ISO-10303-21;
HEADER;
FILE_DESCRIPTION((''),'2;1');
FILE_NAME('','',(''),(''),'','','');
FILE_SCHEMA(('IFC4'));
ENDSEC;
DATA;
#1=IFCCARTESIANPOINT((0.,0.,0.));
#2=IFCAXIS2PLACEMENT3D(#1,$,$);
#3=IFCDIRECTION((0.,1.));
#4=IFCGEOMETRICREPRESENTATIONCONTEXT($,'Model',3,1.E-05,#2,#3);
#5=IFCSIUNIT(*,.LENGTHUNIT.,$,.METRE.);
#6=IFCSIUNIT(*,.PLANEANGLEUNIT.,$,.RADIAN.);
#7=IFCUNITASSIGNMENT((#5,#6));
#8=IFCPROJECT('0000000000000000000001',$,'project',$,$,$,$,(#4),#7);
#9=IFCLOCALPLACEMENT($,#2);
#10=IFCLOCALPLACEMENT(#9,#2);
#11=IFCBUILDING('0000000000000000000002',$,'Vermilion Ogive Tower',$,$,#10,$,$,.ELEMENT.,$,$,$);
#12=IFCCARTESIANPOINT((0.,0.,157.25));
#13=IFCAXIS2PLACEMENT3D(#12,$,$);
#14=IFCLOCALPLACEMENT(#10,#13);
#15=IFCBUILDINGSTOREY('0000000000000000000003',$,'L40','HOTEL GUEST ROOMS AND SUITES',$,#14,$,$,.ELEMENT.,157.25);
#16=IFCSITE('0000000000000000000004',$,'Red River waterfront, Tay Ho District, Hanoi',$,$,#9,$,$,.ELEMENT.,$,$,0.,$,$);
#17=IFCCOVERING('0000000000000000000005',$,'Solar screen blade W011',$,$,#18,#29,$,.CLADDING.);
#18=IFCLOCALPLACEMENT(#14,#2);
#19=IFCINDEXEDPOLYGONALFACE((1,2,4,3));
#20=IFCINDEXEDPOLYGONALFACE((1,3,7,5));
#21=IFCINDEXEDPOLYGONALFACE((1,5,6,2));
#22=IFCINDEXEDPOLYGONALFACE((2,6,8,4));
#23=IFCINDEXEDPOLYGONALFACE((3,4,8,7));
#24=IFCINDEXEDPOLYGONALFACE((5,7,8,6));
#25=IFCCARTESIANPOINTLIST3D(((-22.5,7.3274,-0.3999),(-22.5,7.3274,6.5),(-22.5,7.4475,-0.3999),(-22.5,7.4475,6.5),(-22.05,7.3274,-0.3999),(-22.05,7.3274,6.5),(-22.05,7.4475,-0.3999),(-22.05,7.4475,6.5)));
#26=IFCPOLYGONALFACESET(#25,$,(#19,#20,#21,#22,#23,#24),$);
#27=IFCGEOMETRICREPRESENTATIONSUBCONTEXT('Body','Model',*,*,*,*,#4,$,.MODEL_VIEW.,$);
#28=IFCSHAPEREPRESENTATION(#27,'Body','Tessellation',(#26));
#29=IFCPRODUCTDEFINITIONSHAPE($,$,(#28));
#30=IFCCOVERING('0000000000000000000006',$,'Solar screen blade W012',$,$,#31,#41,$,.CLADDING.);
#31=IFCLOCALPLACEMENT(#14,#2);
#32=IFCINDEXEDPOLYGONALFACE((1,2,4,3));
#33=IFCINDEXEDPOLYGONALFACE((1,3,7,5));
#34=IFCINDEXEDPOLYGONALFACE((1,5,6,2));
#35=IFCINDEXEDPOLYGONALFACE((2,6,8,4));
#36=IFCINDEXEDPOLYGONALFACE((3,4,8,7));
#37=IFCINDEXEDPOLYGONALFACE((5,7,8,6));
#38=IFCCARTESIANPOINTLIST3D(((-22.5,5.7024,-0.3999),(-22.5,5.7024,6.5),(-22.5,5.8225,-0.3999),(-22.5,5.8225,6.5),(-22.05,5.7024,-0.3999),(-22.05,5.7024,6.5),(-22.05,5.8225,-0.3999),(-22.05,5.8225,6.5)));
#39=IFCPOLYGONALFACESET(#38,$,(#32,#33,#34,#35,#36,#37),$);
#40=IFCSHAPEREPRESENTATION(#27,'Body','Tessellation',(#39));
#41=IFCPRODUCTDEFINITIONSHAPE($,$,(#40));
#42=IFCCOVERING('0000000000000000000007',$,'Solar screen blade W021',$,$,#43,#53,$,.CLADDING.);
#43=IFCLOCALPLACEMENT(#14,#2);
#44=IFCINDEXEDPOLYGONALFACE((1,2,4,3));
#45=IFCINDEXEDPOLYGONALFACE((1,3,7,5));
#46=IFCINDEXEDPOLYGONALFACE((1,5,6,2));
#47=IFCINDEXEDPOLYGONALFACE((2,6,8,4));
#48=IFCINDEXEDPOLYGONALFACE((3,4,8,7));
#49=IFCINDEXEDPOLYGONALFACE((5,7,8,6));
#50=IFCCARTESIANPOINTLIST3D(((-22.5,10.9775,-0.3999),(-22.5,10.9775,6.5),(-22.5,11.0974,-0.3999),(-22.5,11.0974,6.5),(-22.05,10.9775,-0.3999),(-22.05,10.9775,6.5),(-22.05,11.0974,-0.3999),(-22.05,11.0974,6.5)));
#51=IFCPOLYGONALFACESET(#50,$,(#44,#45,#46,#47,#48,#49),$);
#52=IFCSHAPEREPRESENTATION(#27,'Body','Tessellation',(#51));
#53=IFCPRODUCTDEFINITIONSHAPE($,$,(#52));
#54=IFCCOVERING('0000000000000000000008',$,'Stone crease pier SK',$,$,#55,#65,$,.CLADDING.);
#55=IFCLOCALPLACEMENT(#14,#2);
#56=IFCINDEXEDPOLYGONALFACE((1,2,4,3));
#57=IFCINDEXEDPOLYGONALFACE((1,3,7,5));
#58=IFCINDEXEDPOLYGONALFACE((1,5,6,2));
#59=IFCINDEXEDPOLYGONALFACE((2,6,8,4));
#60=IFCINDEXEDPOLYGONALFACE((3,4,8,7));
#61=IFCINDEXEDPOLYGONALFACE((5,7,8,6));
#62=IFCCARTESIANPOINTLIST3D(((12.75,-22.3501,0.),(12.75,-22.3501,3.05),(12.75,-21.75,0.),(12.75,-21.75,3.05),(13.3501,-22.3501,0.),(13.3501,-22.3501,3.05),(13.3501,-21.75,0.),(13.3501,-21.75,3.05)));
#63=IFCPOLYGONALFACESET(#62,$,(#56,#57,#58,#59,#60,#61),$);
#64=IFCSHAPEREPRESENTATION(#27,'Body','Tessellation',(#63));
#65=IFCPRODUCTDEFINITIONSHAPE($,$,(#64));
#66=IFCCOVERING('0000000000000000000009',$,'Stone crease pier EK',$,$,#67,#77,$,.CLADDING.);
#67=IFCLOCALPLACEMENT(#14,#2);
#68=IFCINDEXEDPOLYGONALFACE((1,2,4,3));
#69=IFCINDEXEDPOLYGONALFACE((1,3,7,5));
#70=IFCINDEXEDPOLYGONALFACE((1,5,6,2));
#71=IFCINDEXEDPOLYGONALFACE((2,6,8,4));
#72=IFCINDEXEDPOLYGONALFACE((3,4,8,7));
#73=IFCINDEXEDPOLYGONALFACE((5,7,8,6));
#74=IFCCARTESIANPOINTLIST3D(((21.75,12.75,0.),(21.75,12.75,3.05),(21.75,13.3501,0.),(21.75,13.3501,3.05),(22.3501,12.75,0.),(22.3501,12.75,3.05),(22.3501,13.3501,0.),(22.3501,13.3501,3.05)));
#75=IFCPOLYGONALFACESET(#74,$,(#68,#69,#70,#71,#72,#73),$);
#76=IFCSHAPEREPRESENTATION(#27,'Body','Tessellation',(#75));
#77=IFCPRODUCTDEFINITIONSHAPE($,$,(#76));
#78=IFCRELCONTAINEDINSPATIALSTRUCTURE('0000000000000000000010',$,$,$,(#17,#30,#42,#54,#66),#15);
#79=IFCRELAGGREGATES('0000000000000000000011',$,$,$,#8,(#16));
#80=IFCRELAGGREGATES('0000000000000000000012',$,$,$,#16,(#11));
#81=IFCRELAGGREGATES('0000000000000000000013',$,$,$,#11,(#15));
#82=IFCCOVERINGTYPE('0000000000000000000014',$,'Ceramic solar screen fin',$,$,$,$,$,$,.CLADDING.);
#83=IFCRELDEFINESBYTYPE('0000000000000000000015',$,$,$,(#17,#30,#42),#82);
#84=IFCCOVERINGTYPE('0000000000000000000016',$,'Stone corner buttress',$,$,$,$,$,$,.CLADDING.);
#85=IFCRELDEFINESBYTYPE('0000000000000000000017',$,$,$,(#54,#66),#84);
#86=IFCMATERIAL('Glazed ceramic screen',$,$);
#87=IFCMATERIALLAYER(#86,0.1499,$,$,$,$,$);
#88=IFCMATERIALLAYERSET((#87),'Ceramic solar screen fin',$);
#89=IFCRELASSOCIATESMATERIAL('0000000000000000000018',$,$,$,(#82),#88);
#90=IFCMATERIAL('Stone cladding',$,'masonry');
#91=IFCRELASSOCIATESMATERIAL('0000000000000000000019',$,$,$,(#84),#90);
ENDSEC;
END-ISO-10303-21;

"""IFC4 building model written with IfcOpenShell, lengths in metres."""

from ifc_helpers import new_model, si_unit, direction, frame, origin, place, context, subcontext, project, spatial, polyline, outline, extrude, material, layer, layer_set, type_object, element, save


model = new_model("IFC4")

# Units and contexts
model_context = context("Model", 3, precision=1e-05, world=origin(), true_north=direction((0.0, 1.0)))
body_context = subcontext(model_context, "Body", "Model", "MODEL_VIEW")
ifc_project = project(units=[si_unit("LENGTHUNIT", "METRE"), si_unit("PLANEANGLEUNIT", "RADIAN")], contexts=[model_context])

# Site, building, storey
site_placement = place(None, origin())
site = spatial("IfcSite", under=ifc_project, at=site_placement, Name="Red River waterfront, Tay Ho District, Hanoi", CompositionType="ELEMENT", RefElevation=0.0)
building_placement = place(site_placement, origin())
building = spatial("IfcBuilding", under=site, at=building_placement, Name="Vermilion Ogive Tower", CompositionType="ELEMENT")
storey_placement = place(building_placement, frame((0.0, 0.0, 157.25)))
storey = spatial("IfcBuildingStorey", under=building, at=storey_placement, Name="L40", Description="HOTEL GUEST ROOMS AND SUITES", CompositionType="ELEMENT", Elevation=157.25)

# Coverings
ifc_material_1 = material(Name="Glazed ceramic screen")
ifc_layer_1 = layer(ifc_material_1, 0.1499)
ifc_layer_set_1 = layer_set([ifc_layer_1], Name="Ceramic solar screen fin")
covering_type_1 = type_object("IfcCoveringType", Name="Ceramic solar screen fin", PredefinedType="CLADDING", material=ifc_layer_set_1)
covering_1_placement = place(storey_placement, frame((0.0, 0.0, -0.3999)))
element("IfcCovering", 1, at=covering_1_placement, inside=storey, type_object=covering_type_1, Name="Solar screen blade W011", PredefinedType="CLADDING", context=body_context, shape_type="SweptSolid", body=[
    extrude(outline(polyline([(-22.5, 7.4475), (-22.5, 7.3274), (-22.05, 7.3274), (-22.05, 7.4475), (-22.5, 7.4475)])), origin(), (0.0, 0.0, 1.0), 6.8999),
])
covering_2_placement = place(storey_placement, frame((0.0, 0.0, -0.3999)))
element("IfcCovering", 2, at=covering_2_placement, inside=storey, type_object=covering_type_1, Name="Solar screen blade W012", PredefinedType="CLADDING", context=body_context, shape_type="SweptSolid", body=[
    extrude(outline(polyline([(-22.5, 5.8225), (-22.5, 5.7024), (-22.05, 5.7024), (-22.05, 5.8225), (-22.5, 5.8225)])), origin(), (0.0, 0.0, 1.0), 6.8999),
])
covering_3_placement = place(storey_placement, frame((0.0, 0.0, -0.3999)))
element("IfcCovering", 3, at=covering_3_placement, inside=storey, type_object=covering_type_1, Name="Solar screen blade W021", PredefinedType="CLADDING", context=body_context, shape_type="SweptSolid", body=[
    extrude(outline(polyline([(-22.5, 11.0974), (-22.5, 10.9775), (-22.05, 10.9775), (-22.05, 11.0974), (-22.5, 11.0974)])), origin(), (0.0, 0.0, 1.0), 6.8999),
])
ifc_material_2 = material(Name="Stone cladding", Category="masonry")
covering_type_2 = type_object("IfcCoveringType", Name="Stone corner buttress", PredefinedType="CLADDING", material=ifc_material_2)
covering_4_placement = place(storey_placement, origin())
element("IfcCovering", 4, at=covering_4_placement, inside=storey, type_object=covering_type_2, Name="Stone crease pier SK", PredefinedType="CLADDING", context=body_context, shape_type="SweptSolid", body=[
    extrude(outline(polyline([(12.75, -22.3501), (13.3501, -22.3501), (13.3501, -21.75), (12.75, -21.75), (12.75, -22.3501)])), origin(), (0.0, 0.0, 1.0), 3.05),
])
covering_5_placement = place(storey_placement, origin())
element("IfcCovering", 5, at=covering_5_placement, inside=storey, type_object=covering_type_2, Name="Stone crease pier EK", PredefinedType="CLADDING", context=body_context, shape_type="SweptSolid", body=[
    extrude(outline(polyline([(22.3501, 12.75), (22.3501, 13.3501), (21.75, 13.3501), (21.75, 12.75), (22.3501, 12.75)])), origin(), (0.0, 0.0, 1.0), 3.05),
])

save(model, "model.ifc")
